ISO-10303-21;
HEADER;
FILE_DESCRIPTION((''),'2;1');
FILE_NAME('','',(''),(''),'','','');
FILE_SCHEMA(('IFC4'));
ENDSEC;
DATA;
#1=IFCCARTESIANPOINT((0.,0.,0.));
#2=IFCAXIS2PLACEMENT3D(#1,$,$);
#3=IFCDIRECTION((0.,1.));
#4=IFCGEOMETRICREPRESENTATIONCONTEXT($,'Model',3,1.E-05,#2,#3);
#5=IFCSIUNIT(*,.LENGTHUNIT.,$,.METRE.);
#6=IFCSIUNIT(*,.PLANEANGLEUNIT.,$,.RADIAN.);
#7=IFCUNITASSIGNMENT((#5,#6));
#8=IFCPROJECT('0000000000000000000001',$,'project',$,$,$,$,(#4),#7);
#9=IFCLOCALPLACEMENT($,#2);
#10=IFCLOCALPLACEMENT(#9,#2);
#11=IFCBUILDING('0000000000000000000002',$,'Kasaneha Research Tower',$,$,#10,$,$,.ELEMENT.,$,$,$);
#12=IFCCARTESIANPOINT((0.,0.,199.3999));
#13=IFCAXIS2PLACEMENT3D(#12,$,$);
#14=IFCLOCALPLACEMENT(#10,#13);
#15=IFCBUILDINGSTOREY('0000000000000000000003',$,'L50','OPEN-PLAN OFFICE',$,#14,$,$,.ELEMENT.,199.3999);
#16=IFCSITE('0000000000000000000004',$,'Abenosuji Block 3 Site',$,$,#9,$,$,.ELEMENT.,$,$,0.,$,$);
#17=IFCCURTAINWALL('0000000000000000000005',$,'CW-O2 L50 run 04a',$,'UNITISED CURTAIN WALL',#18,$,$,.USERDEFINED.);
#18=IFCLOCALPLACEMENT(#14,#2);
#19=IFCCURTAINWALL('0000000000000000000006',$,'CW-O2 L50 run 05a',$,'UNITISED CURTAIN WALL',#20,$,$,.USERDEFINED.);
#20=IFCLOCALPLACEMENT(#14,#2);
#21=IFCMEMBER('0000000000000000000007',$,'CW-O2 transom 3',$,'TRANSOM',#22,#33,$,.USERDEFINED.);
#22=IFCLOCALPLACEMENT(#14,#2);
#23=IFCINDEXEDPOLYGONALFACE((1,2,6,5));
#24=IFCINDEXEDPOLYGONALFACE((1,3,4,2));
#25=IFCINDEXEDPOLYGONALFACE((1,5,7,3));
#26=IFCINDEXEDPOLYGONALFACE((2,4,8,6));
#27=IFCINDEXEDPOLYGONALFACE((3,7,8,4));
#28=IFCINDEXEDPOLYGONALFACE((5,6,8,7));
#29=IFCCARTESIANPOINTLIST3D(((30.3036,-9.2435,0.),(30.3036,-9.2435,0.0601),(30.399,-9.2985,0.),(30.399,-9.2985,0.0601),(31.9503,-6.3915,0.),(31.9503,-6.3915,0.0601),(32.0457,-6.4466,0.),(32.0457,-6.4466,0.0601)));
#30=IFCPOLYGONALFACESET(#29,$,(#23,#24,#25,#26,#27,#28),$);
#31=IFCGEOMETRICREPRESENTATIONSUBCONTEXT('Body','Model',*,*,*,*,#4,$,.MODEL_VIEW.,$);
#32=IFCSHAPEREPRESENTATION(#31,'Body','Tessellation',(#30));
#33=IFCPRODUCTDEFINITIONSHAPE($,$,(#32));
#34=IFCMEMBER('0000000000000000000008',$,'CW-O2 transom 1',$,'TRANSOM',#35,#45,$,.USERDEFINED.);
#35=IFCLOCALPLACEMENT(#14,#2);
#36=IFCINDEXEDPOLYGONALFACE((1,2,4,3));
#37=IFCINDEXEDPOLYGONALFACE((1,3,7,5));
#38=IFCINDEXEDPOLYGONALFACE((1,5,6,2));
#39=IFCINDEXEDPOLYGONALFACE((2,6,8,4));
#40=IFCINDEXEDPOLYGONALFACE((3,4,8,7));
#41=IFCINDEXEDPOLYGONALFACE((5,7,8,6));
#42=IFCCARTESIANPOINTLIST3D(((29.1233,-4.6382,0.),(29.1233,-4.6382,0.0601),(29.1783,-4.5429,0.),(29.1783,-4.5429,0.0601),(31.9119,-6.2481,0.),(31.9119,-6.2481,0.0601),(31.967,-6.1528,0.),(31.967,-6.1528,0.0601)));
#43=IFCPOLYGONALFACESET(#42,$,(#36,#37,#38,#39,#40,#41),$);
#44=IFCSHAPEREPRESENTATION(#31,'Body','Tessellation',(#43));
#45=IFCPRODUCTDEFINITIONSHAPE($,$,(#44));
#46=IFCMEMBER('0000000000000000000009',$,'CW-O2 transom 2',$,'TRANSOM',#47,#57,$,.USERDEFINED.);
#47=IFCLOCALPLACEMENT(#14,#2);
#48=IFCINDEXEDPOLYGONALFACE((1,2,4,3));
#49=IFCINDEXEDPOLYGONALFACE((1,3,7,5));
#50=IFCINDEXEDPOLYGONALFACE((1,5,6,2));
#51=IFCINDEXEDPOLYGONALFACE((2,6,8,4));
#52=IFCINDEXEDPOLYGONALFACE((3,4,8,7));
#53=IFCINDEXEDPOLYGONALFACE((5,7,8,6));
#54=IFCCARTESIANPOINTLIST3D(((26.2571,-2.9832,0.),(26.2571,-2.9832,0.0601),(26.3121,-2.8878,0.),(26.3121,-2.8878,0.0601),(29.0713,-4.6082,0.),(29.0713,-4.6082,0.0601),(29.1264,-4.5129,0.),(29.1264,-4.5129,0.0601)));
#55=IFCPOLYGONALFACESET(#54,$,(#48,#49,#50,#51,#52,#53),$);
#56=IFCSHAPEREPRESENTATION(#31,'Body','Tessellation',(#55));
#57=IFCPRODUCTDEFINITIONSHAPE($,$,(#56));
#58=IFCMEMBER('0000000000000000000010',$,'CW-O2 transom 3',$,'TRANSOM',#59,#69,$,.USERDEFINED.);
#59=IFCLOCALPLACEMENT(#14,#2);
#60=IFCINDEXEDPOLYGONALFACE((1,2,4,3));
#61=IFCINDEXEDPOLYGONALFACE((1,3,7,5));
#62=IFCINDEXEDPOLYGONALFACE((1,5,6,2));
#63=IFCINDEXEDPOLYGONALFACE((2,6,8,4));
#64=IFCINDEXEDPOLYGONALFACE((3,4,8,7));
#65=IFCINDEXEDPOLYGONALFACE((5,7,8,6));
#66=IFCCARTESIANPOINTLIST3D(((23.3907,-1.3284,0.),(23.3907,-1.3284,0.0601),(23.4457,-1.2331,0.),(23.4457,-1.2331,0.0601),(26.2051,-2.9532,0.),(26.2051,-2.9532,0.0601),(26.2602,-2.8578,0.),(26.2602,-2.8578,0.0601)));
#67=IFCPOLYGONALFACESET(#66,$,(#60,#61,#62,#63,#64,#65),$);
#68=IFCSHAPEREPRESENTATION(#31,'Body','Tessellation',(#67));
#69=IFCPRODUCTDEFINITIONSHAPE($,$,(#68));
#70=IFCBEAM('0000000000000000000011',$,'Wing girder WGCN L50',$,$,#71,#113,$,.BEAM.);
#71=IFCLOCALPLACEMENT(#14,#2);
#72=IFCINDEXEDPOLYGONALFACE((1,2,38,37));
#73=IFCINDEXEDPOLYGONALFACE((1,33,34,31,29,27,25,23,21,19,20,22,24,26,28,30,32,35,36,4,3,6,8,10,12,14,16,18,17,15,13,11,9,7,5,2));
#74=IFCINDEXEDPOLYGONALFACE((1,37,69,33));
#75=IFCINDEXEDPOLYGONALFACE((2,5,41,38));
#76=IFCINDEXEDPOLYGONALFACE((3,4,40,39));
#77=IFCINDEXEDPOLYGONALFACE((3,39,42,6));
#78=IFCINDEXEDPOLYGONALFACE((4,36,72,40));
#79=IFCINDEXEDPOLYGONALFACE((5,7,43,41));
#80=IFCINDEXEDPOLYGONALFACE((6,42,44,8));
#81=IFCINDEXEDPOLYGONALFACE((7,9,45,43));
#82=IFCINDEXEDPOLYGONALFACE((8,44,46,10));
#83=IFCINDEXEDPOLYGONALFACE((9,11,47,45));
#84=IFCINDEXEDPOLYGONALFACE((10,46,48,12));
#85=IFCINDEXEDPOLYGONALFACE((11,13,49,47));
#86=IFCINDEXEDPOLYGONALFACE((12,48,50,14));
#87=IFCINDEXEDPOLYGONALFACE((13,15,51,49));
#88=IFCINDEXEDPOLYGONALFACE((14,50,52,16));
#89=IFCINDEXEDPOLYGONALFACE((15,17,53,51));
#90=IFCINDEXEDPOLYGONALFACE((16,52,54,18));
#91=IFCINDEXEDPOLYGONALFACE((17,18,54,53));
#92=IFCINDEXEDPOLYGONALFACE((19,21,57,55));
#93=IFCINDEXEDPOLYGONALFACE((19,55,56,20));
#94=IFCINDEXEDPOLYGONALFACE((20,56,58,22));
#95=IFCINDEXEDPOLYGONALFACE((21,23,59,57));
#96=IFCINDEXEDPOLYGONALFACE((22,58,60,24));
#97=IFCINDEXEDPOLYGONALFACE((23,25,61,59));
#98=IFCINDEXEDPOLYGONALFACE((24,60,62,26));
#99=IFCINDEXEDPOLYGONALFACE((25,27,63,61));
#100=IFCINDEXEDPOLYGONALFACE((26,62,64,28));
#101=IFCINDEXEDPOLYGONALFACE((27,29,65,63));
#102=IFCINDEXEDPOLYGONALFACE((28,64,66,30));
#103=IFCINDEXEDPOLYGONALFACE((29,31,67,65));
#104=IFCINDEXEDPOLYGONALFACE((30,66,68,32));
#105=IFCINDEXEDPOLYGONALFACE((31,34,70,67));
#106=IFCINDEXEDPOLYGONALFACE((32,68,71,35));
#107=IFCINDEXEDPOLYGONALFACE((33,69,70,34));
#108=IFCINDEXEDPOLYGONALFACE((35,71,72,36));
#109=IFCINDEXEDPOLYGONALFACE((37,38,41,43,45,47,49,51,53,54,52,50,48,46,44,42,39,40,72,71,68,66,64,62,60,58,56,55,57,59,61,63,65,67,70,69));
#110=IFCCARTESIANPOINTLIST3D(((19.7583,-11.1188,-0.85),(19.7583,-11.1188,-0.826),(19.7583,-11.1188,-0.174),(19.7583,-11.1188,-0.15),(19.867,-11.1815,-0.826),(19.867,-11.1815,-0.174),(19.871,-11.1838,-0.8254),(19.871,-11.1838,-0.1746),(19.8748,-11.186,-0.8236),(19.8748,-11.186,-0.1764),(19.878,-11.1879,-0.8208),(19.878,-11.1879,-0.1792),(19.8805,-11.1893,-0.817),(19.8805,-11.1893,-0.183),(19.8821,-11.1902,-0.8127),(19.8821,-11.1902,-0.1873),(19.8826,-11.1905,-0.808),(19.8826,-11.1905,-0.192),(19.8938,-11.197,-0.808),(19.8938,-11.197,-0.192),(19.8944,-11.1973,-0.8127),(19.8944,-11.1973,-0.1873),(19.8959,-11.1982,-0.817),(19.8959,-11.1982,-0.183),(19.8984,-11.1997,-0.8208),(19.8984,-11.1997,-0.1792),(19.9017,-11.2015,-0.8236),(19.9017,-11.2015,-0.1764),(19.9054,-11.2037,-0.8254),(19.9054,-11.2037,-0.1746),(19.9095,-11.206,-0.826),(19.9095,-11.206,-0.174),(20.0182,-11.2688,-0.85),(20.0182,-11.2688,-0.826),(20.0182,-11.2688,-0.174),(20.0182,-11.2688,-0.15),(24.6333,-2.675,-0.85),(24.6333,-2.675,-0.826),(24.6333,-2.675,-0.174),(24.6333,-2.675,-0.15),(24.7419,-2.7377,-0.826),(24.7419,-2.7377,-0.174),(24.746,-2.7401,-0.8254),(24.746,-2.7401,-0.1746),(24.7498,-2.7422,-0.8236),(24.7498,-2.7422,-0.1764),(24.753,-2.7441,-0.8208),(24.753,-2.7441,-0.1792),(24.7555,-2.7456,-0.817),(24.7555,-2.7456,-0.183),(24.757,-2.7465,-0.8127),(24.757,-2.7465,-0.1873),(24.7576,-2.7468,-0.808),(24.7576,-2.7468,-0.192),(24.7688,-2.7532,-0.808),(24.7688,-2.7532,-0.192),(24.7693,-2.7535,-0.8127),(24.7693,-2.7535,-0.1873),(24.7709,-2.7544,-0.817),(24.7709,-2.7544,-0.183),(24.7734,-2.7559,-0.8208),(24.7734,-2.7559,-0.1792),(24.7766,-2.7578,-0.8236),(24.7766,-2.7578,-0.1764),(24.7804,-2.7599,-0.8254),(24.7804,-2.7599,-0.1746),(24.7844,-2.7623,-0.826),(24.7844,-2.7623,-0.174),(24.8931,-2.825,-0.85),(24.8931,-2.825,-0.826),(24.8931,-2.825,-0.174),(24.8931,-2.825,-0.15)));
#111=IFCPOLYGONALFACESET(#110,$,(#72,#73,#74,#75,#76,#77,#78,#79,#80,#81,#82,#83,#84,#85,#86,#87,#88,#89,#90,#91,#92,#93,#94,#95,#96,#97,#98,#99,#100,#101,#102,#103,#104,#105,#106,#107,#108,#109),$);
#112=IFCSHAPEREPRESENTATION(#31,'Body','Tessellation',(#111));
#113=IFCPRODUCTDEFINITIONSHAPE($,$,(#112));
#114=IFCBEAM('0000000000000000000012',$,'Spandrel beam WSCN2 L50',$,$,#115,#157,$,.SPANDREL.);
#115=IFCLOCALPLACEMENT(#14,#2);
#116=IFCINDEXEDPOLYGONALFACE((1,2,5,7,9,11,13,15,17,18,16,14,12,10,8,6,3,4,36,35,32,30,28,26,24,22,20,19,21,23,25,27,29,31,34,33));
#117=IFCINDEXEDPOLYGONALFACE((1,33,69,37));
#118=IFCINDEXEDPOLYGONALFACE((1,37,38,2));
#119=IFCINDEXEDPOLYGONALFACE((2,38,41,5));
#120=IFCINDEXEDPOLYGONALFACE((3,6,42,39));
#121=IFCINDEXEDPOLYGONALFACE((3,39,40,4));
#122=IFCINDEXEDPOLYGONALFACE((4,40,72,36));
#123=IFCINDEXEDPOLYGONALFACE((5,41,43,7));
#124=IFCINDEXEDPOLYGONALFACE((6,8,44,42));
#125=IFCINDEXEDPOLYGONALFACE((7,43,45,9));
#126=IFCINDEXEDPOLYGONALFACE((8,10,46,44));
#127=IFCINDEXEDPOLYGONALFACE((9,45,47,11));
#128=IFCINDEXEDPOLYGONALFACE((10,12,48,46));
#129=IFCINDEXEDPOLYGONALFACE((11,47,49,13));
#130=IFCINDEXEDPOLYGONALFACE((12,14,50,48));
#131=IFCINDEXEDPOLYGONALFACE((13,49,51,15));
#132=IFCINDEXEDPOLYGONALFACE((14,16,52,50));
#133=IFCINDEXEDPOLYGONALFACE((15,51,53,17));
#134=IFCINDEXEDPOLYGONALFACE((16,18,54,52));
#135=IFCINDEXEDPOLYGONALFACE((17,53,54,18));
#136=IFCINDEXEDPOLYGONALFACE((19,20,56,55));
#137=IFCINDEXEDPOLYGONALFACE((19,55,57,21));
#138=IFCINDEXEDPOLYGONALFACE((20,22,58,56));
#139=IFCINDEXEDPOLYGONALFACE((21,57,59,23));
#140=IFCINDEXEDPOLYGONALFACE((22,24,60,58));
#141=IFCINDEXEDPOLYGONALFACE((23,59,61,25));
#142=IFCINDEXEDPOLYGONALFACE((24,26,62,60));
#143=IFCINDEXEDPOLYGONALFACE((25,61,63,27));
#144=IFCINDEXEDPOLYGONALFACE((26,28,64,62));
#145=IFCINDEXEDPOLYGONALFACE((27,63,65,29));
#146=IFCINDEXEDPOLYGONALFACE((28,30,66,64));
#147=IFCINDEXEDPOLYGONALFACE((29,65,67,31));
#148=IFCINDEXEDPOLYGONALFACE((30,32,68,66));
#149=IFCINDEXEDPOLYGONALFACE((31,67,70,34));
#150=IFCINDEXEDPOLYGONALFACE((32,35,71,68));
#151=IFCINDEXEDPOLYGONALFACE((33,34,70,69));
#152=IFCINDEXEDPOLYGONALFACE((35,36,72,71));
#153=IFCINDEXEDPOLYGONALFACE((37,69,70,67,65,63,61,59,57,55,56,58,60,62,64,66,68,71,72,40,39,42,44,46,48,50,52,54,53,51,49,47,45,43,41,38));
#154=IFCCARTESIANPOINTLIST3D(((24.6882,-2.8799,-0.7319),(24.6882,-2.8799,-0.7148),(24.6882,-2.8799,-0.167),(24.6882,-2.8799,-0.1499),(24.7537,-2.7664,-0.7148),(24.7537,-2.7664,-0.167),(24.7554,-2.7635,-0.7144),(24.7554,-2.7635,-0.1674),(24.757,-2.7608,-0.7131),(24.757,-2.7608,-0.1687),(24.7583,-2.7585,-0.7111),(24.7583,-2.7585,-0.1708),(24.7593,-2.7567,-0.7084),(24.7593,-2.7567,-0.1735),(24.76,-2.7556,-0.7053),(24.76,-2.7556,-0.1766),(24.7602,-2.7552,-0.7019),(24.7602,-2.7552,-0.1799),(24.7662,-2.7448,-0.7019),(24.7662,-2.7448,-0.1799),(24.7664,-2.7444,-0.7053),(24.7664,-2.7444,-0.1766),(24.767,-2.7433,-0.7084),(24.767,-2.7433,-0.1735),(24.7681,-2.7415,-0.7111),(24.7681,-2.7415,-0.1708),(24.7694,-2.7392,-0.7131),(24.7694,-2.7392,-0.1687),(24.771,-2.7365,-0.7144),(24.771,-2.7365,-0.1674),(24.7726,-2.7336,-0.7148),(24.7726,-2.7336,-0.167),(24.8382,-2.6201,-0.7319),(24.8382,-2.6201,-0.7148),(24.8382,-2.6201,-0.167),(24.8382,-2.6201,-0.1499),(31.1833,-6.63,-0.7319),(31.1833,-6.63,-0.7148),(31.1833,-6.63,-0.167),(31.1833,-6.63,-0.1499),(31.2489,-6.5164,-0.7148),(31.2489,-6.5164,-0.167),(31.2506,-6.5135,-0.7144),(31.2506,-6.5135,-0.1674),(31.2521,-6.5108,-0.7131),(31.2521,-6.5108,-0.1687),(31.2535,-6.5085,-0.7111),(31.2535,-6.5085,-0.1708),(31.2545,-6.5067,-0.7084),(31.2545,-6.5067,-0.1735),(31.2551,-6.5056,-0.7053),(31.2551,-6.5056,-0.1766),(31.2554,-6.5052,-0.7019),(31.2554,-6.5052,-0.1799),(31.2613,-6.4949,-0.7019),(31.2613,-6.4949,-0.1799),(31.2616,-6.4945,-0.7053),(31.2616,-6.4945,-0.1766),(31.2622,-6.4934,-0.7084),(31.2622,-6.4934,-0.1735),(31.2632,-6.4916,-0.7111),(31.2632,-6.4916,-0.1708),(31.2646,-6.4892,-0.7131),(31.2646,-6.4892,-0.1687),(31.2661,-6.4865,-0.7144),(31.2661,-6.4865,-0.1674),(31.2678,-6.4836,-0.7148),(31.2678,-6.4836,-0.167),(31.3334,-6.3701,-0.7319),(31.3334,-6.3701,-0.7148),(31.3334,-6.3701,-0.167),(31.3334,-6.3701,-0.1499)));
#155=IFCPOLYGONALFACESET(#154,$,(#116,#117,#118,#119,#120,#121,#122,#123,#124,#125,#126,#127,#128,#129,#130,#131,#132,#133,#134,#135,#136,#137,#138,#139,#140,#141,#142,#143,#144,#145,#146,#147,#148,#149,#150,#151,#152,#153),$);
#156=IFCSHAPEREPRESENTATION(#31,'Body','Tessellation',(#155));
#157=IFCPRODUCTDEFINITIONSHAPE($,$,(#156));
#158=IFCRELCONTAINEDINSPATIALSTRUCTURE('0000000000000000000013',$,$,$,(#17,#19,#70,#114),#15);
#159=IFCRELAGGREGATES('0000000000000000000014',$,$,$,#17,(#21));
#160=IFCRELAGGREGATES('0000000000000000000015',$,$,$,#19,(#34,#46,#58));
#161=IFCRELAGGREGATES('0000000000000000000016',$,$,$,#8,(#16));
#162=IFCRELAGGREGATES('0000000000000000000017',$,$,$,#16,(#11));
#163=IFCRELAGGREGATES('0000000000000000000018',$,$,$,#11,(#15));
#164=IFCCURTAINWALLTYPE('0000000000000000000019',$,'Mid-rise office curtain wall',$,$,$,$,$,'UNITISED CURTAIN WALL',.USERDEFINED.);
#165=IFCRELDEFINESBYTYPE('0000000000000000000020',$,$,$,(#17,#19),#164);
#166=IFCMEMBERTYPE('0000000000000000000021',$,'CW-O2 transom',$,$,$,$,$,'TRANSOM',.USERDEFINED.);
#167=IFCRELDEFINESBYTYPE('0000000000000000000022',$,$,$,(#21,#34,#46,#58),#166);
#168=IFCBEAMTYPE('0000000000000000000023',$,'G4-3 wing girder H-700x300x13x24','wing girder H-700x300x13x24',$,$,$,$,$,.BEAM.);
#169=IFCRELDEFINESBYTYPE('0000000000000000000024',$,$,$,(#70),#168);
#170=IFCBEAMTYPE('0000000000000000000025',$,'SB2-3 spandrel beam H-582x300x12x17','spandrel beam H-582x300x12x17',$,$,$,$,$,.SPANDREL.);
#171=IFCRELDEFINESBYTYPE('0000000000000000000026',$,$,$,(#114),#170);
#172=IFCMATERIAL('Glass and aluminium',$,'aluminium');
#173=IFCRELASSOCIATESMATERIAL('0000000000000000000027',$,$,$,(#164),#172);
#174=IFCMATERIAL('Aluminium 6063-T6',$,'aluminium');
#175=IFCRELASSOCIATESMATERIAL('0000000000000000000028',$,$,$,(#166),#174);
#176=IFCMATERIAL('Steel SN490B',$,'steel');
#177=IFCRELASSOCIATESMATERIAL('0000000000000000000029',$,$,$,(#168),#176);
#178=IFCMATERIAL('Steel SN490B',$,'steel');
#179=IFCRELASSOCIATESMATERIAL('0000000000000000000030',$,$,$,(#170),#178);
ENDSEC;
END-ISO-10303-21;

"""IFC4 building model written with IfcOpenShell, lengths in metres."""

from ifc_helpers import new_model, si_unit, direction, frame, origin, origin_2d, place, context, subcontext, project, spatial, rectangle, i_section, extrude, material, material_profile, profile_set, type_object, element, aggregate, save


model = new_model("IFC4")

# Units and contexts
model_context = context("Model", 3, precision=1e-05, world=origin(), true_north=direction((0.0, 1.0)))
body_context = subcontext(model_context, "Body", "Model", "MODEL_VIEW")
ifc_project = project(units=[si_unit("LENGTHUNIT", "METRE"), si_unit("PLANEANGLEUNIT", "RADIAN")], contexts=[model_context])

# Site, building, storey
site_placement = place(None, origin())
site = spatial("IfcSite", under=ifc_project, at=site_placement, Name="Abenosuji Block 3 Site", CompositionType="ELEMENT", RefElevation=0.0)
building_placement = place(site_placement, origin())
building = spatial("IfcBuilding", under=site, at=building_placement, Name="Kasaneha Research Tower", CompositionType="ELEMENT")
storey_placement = place(building_placement, frame((0.0, 0.0, 199.3999)))
storey = spatial("IfcBuildingStorey", under=building, at=storey_placement, Name="L50", Description="OPEN-PLAN OFFICE", CompositionType="ELEMENT", Elevation=199.3999)

# Curtain walls
ifc_material_1 = material(Name="Glass and aluminium", Category="aluminium")
curtain_wall_type = type_object("IfcCurtainWallType", Name="Mid-rise office curtain wall", ElementType="UNITISED CURTAIN WALL", PredefinedType="USERDEFINED", material=ifc_material_1)
curtain_wall_1_placement = place(storey_placement, origin())
curtain_wall_1 = element("IfcCurtainWall", 1, at=curtain_wall_1_placement, inside=storey, type_object=curtain_wall_type, Name="CW-O2 L50 run 04a", ObjectType="UNITISED CURTAIN WALL", PredefinedType="USERDEFINED")
curtain_wall_2_placement = place(storey_placement, origin())
curtain_wall_2 = element("IfcCurtainWall", 2, at=curtain_wall_2_placement, inside=storey, type_object=curtain_wall_type, Name="CW-O2 L50 run 05a", ObjectType="UNITISED CURTAIN WALL", PredefinedType="USERDEFINED")

# Members
ifc_material_2 = material(Name="Aluminium 6063-T6", Category="aluminium")
ifc_material_profile_1 = material_profile(ifc_material_2, rectangle(XDim=0.1101, YDim=0.0601, at=origin_2d()), Name="CW-O2 transom 110x60")
ifc_profile_set_1 = profile_set([ifc_material_profile_1], Name="Aluminium 6063-T6")
member_type_1 = type_object("IfcMemberType", Name="CW-O2 transom", ElementType="TRANSOM", PredefinedType="USERDEFINED", material=ifc_profile_set_1)
member_1_placement = place(storey_placement, frame((30.3513, -9.271, 0.03), z_axis=(0.500022, 0.866013, 0.0), x_axis=(-0.866013, 0.500022, 0.0)))
member_1 = element("IfcMember", 3, at=member_1_placement, type_object=member_type_1, Name="CW-O2 transom 3", ObjectType="TRANSOM", PredefinedType="USERDEFINED", context=body_context, shape_type="SweptSolid", body=[
    extrude(rectangle(XDim=0.1101, YDim=0.0601, at=origin_2d()), origin(), (0.0, 0.0, 1.0), 3.2932),
])
member_2_placement = place(storey_placement, frame((31.9395, -6.2004, 0.03), z_axis=(-0.866042, 0.499972, 0.0), x_axis=(-0.499972, -0.866042, 0.0)))
member_2 = element("IfcMember", 4, at=member_2_placement, type_object=member_type_1, Name="CW-O2 transom 1", ObjectType="TRANSOM", PredefinedType="USERDEFINED", context=body_context, shape_type="SweptSolid", body=[
    extrude(rectangle(XDim=0.1101, YDim=0.0601, at=origin_2d()), origin(), (0.0, 0.0, 1.0), 3.22),
])
member_3_placement = place(storey_placement, frame((29.0989, -4.5605, 0.03), z_axis=(-0.865997, 0.50005, 0.0), x_axis=(-0.50005, -0.865997, 0.0)))
member_3 = element("IfcMember", 5, at=member_3_placement, type_object=member_type_1, Name="CW-O2 transom 2", ObjectType="TRANSOM", PredefinedType="USERDEFINED", context=body_context, shape_type="SweptSolid", body=[
    extrude(rectangle(XDim=0.1101, YDim=0.0601, at=origin_2d()), origin(), (0.0, 0.0, 1.0), 3.2498),
])
member_4_placement = place(storey_placement, frame((26.2327, -2.9055, 0.03), z_axis=(-0.866048, 0.499961, 0.0), x_axis=(-0.499961, -0.866048, 0.0)))
member_4 = element("IfcMember", 6, at=member_4_placement, type_object=member_type_1, Name="CW-O2 transom 3", ObjectType="TRANSOM", PredefinedType="USERDEFINED", context=body_context, shape_type="SweptSolid", body=[
    extrude(rectangle(XDim=0.1101, YDim=0.0601, at=origin_2d()), origin(), (0.0, 0.0, 1.0), 3.2498),
])

# Beams
ifc_material_3 = material(Name="Steel SN490B", Category="steel")
ifc_material_profile_2 = material_profile(ifc_material_3, i_section(OverallWidth=0.3, OverallDepth=0.7, WebThickness=0.0129, FlangeThickness=0.0239, FilletRadius=0.0181, at=origin_2d()), Name="H-700x300x13x24")
ifc_profile_set_2 = profile_set([ifc_material_profile_2], Name="Steel SN490B")
beam_type_1 = type_object("IfcBeamType", Name="G4-3 wing girder H-700x300x13x24", Description="wing girder H-700x300x13x24", PredefinedType="BEAM", material=ifc_profile_set_2)
beam_1_placement = place(storey_placement, frame((24.7632, -2.75, -0.5), z_axis=(-0.499996, -0.866028, 0.0), x_axis=(0.866028, -0.499996, 0.0)))
element("IfcBeam", 7, at=beam_1_placement, inside=storey, type_object=beam_type_1, Name="Wing girder WGCN L50", PredefinedType="BEAM", context=body_context, shape_type="SweptSolid", body=[
    extrude(i_section(OverallWidth=0.3, OverallDepth=0.7, WebThickness=0.0129, FlangeThickness=0.0239, FilletRadius=0.0181, at=origin_2d()), origin(), (0.0, 0.0, 1.0), 9.75),
])
ifc_material_4 = material(Name="Steel SN490B", Category="steel")
ifc_material_profile_3 = material_profile(ifc_material_4, i_section(OverallWidth=0.3, OverallDepth=0.582, WebThickness=0.012, FlangeThickness=0.0171, FilletRadius=0.0129, at=origin_2d()), Name="H-582x300x12x17")
ifc_profile_set_3 = profile_set([ifc_material_profile_3], Name="Steel SN490B")
beam_type_2 = type_object("IfcBeamType", Name="SB2-3 spandrel beam H-582x300x12x17", Description="spandrel beam H-582x300x12x17", PredefinedType="SPANDREL", material=ifc_profile_set_3)
beam_2_placement = place(storey_placement, frame((24.7632, -2.75, -0.4409), z_axis=(0.866023, -0.500004, 0.0), x_axis=(0.500004, 0.866023, 0.0)))
element("IfcBeam", 8, at=beam_2_placement, inside=storey, type_object=beam_type_2, Name="Spandrel beam WSCN2 L50", PredefinedType="SPANDREL", context=body_context, shape_type="SweptSolid", body=[
    extrude(i_section(OverallWidth=0.3, OverallDepth=0.582, WebThickness=0.012, FlangeThickness=0.0171, FilletRadius=0.0129, at=origin_2d()), origin(), (0.0, 0.0, 1.0), 7.5),
])

aggregate(curtain_wall_1, [member_1])
aggregate(curtain_wall_2, [member_2, member_3, member_4])

save(model, "model.ifc")
